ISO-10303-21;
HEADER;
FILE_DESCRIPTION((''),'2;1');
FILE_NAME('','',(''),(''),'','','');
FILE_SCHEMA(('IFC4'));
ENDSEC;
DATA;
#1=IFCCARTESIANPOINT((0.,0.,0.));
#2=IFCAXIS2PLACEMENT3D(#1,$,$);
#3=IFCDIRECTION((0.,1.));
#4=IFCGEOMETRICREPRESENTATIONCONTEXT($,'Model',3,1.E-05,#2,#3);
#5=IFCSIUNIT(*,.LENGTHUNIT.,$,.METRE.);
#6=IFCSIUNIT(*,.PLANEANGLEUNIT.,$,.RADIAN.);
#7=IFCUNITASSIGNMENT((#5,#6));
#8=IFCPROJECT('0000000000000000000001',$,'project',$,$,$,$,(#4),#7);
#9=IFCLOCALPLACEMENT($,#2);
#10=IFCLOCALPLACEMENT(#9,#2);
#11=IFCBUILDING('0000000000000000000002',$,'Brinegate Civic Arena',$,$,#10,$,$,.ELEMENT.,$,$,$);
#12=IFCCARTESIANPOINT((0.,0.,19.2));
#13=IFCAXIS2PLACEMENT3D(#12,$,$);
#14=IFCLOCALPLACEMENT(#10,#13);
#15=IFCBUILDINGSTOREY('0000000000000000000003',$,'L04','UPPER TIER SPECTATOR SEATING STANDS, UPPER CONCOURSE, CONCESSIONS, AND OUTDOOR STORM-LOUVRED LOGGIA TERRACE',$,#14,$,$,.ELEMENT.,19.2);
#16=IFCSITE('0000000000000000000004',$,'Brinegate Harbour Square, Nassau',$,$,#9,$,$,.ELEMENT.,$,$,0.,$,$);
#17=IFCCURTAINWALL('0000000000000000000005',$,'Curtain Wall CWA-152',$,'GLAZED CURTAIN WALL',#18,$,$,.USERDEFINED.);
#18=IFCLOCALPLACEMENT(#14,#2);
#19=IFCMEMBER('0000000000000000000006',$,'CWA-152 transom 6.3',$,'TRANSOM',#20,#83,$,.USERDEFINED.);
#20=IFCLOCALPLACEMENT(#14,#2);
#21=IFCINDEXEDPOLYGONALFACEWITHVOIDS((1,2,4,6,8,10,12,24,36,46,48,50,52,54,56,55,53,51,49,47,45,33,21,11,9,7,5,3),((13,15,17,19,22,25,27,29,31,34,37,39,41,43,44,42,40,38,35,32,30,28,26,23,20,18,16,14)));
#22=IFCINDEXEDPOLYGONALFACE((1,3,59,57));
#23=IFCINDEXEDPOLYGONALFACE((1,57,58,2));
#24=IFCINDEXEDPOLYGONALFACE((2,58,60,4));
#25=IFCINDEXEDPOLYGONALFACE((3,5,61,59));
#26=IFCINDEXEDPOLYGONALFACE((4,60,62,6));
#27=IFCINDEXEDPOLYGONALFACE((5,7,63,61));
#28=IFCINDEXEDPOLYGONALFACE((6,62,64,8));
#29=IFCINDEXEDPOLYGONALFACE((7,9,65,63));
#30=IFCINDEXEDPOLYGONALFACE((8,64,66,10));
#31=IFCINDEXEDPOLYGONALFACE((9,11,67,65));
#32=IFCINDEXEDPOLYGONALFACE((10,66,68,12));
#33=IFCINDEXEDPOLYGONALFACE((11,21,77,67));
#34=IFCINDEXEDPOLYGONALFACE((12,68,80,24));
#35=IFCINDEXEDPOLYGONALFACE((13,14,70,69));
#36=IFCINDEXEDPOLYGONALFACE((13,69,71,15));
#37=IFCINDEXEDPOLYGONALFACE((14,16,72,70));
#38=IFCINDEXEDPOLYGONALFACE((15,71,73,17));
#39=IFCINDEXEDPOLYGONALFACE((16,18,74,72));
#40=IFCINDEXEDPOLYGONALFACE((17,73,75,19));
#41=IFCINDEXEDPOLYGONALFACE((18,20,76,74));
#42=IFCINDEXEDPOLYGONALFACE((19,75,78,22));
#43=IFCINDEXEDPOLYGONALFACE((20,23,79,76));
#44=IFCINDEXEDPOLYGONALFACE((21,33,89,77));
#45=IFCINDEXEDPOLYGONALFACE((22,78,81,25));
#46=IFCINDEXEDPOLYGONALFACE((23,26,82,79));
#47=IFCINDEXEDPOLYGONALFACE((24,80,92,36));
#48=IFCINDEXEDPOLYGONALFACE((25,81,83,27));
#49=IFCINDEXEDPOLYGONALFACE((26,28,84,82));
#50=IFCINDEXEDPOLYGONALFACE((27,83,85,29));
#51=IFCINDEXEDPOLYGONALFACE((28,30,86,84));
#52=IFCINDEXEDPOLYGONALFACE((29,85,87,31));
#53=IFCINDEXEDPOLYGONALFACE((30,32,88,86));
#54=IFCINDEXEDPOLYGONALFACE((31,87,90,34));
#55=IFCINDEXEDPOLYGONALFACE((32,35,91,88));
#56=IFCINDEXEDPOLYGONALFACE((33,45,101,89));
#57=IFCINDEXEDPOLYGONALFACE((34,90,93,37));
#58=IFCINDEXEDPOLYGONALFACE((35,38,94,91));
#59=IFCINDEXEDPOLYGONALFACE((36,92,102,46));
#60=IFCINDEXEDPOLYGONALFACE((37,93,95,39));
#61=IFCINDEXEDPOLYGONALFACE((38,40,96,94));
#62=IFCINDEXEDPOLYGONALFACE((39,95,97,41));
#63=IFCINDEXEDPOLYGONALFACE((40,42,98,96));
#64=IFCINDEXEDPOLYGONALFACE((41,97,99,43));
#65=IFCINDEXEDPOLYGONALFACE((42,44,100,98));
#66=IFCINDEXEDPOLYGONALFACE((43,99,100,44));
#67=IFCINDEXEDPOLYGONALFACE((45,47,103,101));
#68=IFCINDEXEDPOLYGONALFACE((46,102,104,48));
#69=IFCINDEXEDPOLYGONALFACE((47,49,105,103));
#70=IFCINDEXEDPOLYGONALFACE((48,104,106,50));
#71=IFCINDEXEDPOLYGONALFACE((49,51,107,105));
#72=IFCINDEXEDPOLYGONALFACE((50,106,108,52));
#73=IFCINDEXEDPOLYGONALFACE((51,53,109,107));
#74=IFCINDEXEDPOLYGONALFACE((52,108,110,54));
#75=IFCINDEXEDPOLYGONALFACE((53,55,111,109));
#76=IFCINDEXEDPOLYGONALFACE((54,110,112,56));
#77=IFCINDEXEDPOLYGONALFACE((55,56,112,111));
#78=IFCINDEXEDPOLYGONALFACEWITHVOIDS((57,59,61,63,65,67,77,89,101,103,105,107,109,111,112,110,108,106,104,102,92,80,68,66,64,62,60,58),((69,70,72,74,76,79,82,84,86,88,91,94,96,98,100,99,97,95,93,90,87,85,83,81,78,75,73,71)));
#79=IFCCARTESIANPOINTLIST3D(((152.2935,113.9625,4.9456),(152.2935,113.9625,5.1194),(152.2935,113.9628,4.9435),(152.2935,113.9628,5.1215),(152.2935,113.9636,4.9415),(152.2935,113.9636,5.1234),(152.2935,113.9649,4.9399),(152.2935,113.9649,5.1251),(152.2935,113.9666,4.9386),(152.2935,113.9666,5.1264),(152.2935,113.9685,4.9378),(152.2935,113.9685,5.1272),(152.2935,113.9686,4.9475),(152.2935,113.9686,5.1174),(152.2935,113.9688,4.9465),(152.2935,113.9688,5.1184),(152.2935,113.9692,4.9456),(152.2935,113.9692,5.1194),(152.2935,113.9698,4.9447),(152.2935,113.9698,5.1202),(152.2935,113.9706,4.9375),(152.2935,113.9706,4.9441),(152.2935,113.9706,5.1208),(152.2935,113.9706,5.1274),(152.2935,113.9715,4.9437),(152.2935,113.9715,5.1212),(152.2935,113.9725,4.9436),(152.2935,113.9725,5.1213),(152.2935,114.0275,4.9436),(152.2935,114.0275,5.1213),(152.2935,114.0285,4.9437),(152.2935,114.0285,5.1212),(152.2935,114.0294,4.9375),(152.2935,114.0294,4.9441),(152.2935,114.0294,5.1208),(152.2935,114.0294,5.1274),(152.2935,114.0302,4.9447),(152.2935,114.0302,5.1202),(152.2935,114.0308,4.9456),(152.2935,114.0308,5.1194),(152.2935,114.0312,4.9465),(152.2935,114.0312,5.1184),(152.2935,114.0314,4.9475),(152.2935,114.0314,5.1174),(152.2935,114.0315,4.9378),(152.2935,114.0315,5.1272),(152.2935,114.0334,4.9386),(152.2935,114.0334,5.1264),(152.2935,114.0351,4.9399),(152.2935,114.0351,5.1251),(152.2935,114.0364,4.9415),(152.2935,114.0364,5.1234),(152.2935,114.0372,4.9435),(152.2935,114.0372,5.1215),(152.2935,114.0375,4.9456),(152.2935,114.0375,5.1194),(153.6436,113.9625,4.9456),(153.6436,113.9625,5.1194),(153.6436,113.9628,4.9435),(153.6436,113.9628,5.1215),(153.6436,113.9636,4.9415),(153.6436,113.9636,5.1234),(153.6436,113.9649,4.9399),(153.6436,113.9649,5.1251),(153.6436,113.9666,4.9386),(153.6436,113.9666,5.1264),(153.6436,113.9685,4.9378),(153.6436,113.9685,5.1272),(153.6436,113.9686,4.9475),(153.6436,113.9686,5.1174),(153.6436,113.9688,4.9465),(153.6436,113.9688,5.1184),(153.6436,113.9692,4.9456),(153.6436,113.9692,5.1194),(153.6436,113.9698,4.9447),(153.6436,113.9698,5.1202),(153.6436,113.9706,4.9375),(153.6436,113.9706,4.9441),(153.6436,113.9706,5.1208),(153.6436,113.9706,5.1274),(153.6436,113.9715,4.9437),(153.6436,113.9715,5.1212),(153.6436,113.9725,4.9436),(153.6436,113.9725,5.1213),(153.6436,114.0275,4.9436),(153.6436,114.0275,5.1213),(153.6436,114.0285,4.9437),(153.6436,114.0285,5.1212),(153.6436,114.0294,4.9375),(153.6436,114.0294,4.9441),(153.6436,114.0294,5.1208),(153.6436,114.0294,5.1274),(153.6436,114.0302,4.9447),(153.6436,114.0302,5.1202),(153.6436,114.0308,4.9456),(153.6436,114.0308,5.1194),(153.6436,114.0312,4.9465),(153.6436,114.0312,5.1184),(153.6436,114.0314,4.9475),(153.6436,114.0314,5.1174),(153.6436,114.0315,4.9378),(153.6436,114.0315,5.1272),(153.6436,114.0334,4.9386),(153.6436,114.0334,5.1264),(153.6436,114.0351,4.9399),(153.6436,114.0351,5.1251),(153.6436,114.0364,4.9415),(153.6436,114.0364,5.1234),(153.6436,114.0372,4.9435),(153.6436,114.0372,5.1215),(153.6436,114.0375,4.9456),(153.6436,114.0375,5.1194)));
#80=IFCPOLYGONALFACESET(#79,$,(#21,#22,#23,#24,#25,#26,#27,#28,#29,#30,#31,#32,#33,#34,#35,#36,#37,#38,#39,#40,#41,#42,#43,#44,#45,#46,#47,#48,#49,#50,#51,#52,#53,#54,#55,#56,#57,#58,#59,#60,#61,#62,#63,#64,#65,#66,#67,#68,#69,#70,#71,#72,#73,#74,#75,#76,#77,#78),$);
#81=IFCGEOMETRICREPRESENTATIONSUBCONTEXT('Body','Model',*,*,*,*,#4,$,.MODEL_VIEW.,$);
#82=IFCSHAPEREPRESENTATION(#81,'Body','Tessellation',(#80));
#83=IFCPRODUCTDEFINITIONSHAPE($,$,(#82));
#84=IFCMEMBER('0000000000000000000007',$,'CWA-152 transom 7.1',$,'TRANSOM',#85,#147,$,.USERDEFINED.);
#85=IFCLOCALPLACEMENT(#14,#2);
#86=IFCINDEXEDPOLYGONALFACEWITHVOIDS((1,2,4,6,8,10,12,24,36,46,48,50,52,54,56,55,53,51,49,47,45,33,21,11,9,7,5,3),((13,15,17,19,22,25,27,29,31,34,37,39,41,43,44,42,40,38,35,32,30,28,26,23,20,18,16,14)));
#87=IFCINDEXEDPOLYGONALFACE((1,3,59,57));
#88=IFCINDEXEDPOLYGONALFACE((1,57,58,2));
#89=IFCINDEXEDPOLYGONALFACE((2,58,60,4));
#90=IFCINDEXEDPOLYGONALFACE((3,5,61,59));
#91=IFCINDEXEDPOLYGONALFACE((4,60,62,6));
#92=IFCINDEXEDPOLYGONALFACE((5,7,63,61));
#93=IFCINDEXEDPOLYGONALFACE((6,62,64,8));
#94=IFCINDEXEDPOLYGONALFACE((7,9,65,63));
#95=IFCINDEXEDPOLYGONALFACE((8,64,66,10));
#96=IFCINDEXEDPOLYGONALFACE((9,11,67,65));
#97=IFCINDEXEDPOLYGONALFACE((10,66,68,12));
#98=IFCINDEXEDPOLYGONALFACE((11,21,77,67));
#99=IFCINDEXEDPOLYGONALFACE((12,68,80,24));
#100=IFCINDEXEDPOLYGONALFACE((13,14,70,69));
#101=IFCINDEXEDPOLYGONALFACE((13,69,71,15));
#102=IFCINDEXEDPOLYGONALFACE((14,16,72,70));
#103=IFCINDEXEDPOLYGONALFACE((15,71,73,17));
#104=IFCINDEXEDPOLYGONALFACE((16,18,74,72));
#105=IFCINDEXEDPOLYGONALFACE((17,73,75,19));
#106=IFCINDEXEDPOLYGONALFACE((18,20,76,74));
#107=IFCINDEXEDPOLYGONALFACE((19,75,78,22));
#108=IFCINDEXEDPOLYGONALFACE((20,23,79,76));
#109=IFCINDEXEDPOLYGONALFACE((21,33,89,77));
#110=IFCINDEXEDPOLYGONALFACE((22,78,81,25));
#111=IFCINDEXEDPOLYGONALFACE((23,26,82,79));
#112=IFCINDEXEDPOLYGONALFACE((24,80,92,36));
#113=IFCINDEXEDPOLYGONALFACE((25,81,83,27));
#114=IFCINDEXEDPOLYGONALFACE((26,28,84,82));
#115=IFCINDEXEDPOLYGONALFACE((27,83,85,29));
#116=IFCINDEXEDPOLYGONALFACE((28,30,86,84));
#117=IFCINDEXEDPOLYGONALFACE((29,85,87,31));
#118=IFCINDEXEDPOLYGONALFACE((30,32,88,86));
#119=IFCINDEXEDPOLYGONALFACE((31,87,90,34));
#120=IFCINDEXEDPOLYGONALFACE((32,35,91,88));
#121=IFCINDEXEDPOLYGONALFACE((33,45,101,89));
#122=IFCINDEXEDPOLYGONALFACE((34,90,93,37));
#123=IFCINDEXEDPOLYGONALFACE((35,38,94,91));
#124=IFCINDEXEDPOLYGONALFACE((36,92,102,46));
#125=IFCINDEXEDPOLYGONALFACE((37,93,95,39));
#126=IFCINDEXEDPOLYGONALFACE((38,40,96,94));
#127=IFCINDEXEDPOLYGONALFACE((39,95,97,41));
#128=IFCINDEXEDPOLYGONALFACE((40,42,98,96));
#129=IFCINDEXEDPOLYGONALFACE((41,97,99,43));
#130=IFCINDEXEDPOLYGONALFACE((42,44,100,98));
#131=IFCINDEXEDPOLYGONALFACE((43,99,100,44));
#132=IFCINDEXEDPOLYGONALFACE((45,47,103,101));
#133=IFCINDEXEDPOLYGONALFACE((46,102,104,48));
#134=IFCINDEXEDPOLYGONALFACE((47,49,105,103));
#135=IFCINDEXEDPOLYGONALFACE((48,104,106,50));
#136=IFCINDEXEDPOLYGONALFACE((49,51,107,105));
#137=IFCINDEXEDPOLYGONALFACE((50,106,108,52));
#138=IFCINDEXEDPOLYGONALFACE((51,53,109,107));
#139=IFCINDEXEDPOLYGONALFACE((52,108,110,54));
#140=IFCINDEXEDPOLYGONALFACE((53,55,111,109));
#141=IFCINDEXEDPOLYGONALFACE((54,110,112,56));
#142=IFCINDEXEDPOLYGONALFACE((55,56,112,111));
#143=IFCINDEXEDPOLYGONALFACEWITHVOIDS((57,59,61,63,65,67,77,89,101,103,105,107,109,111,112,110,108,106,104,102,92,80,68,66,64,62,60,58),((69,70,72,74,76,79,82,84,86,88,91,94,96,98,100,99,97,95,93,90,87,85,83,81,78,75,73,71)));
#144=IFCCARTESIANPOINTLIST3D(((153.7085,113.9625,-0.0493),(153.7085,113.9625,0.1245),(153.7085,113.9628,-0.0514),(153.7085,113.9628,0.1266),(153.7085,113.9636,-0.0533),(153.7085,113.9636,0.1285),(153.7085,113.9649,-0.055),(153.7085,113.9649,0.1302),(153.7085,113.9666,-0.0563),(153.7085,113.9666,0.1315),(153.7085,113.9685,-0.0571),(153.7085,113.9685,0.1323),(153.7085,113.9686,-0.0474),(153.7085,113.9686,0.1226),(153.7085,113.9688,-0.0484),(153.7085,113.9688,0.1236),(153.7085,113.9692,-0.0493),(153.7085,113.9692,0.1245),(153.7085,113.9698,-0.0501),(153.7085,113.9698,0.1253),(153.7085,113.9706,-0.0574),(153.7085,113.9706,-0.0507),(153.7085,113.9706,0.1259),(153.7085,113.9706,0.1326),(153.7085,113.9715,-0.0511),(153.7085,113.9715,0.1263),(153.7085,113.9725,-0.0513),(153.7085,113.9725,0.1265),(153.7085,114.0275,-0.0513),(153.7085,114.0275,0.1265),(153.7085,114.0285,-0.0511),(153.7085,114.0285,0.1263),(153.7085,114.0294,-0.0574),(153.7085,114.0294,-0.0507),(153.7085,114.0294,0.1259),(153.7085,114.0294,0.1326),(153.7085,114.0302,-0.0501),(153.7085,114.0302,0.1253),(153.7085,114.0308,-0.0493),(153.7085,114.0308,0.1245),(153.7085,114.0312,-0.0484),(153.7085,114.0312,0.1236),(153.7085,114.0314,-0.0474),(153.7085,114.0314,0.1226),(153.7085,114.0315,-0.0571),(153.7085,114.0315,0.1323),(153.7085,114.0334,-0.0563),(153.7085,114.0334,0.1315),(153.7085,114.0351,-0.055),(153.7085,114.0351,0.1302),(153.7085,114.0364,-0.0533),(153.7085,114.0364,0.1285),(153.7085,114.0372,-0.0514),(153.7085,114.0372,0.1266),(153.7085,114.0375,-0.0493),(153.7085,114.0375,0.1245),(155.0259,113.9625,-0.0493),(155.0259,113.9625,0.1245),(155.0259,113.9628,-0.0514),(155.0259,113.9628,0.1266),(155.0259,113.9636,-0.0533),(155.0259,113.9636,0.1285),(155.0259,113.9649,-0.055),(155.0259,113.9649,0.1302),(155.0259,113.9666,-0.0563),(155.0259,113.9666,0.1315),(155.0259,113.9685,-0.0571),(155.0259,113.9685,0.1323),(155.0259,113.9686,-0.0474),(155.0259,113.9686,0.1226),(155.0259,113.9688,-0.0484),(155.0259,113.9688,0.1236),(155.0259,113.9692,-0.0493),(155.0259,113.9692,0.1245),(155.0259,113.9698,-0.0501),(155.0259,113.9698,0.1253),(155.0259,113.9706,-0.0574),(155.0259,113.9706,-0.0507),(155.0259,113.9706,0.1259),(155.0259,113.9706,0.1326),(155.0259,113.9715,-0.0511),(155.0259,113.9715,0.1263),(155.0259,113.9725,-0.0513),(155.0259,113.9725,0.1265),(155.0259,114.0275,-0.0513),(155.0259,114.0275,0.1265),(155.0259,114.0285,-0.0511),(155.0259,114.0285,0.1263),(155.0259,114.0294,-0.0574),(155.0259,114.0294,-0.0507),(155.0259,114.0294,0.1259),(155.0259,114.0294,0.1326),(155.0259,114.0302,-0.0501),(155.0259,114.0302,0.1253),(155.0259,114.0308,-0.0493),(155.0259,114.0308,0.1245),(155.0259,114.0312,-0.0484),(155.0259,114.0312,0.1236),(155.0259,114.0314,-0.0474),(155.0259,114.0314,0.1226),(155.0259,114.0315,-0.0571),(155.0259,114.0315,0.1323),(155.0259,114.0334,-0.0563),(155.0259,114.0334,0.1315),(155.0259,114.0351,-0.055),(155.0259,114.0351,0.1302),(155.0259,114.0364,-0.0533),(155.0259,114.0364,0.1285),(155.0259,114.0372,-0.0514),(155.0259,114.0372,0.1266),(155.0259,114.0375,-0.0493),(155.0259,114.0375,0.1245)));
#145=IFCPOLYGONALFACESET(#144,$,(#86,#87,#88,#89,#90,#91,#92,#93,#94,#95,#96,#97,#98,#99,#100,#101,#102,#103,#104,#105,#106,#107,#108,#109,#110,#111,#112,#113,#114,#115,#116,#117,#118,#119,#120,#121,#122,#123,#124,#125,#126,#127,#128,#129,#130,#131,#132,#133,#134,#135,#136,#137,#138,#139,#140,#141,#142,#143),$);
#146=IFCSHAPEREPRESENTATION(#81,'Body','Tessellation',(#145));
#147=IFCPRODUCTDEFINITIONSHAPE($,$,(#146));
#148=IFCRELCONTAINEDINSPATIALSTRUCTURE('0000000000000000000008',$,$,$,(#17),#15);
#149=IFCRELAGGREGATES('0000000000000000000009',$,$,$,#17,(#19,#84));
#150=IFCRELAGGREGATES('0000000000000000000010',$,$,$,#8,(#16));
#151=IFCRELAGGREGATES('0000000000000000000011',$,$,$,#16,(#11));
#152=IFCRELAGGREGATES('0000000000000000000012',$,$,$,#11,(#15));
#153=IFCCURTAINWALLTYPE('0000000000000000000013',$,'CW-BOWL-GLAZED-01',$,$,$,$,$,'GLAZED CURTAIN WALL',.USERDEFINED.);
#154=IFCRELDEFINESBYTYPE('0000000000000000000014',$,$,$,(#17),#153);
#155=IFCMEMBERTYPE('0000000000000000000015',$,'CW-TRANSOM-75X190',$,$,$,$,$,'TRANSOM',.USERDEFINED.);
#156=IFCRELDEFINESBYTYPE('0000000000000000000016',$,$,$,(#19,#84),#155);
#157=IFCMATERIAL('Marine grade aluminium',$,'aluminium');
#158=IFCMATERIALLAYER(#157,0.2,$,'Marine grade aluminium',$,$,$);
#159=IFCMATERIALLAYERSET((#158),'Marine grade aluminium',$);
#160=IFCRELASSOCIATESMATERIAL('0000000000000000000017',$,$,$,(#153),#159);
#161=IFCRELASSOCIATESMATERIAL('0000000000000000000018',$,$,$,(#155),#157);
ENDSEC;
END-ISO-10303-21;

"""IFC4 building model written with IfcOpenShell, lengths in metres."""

from ifc_helpers import new_model, si_unit, direction, frame, origin, origin_2d, place, context, subcontext, project, spatial, hollow_rectangle, extrude, material, layer, layer_set, material_profile, profile_set, type_object, element, aggregate, save


model = new_model("IFC4")

# Units and contexts
model_context = context("Model", 3, precision=1e-05, world=origin(), true_north=direction((0.0, 1.0)))
body_context = subcontext(model_context, "Body", "Model", "MODEL_VIEW")
ifc_project = project(units=[si_unit("LENGTHUNIT", "METRE"), si_unit("PLANEANGLEUNIT", "RADIAN")], contexts=[model_context])

# Site, building, storey
site_placement = place(None, origin())
site = spatial("IfcSite", under=ifc_project, at=site_placement, Name="Brinegate Harbour Square, Nassau", CompositionType="ELEMENT", RefElevation=0.0)
building_placement = place(site_placement, origin())
building = spatial("IfcBuilding", under=site, at=building_placement, Name="Brinegate Civic Arena", CompositionType="ELEMENT")
storey_placement = place(building_placement, frame((0.0, 0.0, 19.2)))
storey = spatial("IfcBuildingStorey", under=building, at=storey_placement, Name="L04", Description="UPPER TIER SPECTATOR SEATING STANDS, UPPER CONCOURSE, CONCESSIONS, AND OUTDOOR STORM-LOUVRED LOGGIA TERRACE", CompositionType="ELEMENT", Elevation=19.2)

# Curtain wall, members
ifc_material_1 = material(Name="Marine grade aluminium", Category="aluminium")
ifc_layer_1 = layer(ifc_material_1, 0.2, Name="Marine grade aluminium")
ifc_layer_set_1 = layer_set([ifc_layer_1], Name="Marine grade aluminium")
curtain_wall_type = type_object("IfcCurtainWallType", Name="CW-BOWL-GLAZED-01", ElementType="GLAZED CURTAIN WALL", PredefinedType="USERDEFINED", material=ifc_layer_set_1)
curtain_wall_placement = place(storey_placement, origin())
curtain_wall = element("IfcCurtainWall", 1, at=curtain_wall_placement, inside=storey, type_object=curtain_wall_type, Name="Curtain Wall CWA-152", ObjectType="GLAZED CURTAIN WALL", PredefinedType="USERDEFINED")
ifc_material_profile_1 = material_profile(ifc_material_1, hollow_rectangle(XDim=0.075, YDim=0.1899, WallThickness=0.0061, InnerFilletRadius=0.0039, OuterFilletRadius=0.0081, at=origin_2d()), Name="TRN75X190")
ifc_profile_set_1 = profile_set([ifc_material_profile_1], Name="Marine grade aluminium")
member_type_1 = type_object("IfcMemberType", Name="CW-TRANSOM-75X190", ElementType="TRANSOM", PredefinedType="USERDEFINED", material=ifc_profile_set_1)
member_1_placement = place(storey_placement, frame((152.2935, 114.0, 5.0325), z_axis=(1.0, 0.0, 0.0), x_axis=(0.0, 1.0, 0.0)))
member_1 = element("IfcMember", 2, at=member_1_placement, type_object=member_type_1, Name="CWA-152 transom 6.3", ObjectType="TRANSOM", PredefinedType="USERDEFINED", context=body_context, shape_type="SweptSolid", body=[
    extrude(hollow_rectangle(XDim=0.075, YDim=0.1899, WallThickness=0.0061, InnerFilletRadius=0.0039, OuterFilletRadius=0.0081, at=origin_2d()), origin(), (0.0, 0.0, 1.0), 1.3501),
])
member_2_placement = place(storey_placement, frame((153.7085, 114.0, 0.0376), z_axis=(1.0, 0.0, 0.0), x_axis=(0.0, 1.0, 0.0)))
member_2 = element("IfcMember", 3, at=member_2_placement, type_object=member_type_1, Name="CWA-152 transom 7.1", ObjectType="TRANSOM", PredefinedType="USERDEFINED", context=body_context, shape_type="SweptSolid", body=[
    extrude(hollow_rectangle(XDim=0.075, YDim=0.1899, WallThickness=0.0061, InnerFilletRadius=0.0039, OuterFilletRadius=0.0081, at=origin_2d()), origin(), (0.0, 0.0, 1.0), 1.3174),
])

aggregate(curtain_wall, [member_1, member_2])

save(model, "model.ifc")
